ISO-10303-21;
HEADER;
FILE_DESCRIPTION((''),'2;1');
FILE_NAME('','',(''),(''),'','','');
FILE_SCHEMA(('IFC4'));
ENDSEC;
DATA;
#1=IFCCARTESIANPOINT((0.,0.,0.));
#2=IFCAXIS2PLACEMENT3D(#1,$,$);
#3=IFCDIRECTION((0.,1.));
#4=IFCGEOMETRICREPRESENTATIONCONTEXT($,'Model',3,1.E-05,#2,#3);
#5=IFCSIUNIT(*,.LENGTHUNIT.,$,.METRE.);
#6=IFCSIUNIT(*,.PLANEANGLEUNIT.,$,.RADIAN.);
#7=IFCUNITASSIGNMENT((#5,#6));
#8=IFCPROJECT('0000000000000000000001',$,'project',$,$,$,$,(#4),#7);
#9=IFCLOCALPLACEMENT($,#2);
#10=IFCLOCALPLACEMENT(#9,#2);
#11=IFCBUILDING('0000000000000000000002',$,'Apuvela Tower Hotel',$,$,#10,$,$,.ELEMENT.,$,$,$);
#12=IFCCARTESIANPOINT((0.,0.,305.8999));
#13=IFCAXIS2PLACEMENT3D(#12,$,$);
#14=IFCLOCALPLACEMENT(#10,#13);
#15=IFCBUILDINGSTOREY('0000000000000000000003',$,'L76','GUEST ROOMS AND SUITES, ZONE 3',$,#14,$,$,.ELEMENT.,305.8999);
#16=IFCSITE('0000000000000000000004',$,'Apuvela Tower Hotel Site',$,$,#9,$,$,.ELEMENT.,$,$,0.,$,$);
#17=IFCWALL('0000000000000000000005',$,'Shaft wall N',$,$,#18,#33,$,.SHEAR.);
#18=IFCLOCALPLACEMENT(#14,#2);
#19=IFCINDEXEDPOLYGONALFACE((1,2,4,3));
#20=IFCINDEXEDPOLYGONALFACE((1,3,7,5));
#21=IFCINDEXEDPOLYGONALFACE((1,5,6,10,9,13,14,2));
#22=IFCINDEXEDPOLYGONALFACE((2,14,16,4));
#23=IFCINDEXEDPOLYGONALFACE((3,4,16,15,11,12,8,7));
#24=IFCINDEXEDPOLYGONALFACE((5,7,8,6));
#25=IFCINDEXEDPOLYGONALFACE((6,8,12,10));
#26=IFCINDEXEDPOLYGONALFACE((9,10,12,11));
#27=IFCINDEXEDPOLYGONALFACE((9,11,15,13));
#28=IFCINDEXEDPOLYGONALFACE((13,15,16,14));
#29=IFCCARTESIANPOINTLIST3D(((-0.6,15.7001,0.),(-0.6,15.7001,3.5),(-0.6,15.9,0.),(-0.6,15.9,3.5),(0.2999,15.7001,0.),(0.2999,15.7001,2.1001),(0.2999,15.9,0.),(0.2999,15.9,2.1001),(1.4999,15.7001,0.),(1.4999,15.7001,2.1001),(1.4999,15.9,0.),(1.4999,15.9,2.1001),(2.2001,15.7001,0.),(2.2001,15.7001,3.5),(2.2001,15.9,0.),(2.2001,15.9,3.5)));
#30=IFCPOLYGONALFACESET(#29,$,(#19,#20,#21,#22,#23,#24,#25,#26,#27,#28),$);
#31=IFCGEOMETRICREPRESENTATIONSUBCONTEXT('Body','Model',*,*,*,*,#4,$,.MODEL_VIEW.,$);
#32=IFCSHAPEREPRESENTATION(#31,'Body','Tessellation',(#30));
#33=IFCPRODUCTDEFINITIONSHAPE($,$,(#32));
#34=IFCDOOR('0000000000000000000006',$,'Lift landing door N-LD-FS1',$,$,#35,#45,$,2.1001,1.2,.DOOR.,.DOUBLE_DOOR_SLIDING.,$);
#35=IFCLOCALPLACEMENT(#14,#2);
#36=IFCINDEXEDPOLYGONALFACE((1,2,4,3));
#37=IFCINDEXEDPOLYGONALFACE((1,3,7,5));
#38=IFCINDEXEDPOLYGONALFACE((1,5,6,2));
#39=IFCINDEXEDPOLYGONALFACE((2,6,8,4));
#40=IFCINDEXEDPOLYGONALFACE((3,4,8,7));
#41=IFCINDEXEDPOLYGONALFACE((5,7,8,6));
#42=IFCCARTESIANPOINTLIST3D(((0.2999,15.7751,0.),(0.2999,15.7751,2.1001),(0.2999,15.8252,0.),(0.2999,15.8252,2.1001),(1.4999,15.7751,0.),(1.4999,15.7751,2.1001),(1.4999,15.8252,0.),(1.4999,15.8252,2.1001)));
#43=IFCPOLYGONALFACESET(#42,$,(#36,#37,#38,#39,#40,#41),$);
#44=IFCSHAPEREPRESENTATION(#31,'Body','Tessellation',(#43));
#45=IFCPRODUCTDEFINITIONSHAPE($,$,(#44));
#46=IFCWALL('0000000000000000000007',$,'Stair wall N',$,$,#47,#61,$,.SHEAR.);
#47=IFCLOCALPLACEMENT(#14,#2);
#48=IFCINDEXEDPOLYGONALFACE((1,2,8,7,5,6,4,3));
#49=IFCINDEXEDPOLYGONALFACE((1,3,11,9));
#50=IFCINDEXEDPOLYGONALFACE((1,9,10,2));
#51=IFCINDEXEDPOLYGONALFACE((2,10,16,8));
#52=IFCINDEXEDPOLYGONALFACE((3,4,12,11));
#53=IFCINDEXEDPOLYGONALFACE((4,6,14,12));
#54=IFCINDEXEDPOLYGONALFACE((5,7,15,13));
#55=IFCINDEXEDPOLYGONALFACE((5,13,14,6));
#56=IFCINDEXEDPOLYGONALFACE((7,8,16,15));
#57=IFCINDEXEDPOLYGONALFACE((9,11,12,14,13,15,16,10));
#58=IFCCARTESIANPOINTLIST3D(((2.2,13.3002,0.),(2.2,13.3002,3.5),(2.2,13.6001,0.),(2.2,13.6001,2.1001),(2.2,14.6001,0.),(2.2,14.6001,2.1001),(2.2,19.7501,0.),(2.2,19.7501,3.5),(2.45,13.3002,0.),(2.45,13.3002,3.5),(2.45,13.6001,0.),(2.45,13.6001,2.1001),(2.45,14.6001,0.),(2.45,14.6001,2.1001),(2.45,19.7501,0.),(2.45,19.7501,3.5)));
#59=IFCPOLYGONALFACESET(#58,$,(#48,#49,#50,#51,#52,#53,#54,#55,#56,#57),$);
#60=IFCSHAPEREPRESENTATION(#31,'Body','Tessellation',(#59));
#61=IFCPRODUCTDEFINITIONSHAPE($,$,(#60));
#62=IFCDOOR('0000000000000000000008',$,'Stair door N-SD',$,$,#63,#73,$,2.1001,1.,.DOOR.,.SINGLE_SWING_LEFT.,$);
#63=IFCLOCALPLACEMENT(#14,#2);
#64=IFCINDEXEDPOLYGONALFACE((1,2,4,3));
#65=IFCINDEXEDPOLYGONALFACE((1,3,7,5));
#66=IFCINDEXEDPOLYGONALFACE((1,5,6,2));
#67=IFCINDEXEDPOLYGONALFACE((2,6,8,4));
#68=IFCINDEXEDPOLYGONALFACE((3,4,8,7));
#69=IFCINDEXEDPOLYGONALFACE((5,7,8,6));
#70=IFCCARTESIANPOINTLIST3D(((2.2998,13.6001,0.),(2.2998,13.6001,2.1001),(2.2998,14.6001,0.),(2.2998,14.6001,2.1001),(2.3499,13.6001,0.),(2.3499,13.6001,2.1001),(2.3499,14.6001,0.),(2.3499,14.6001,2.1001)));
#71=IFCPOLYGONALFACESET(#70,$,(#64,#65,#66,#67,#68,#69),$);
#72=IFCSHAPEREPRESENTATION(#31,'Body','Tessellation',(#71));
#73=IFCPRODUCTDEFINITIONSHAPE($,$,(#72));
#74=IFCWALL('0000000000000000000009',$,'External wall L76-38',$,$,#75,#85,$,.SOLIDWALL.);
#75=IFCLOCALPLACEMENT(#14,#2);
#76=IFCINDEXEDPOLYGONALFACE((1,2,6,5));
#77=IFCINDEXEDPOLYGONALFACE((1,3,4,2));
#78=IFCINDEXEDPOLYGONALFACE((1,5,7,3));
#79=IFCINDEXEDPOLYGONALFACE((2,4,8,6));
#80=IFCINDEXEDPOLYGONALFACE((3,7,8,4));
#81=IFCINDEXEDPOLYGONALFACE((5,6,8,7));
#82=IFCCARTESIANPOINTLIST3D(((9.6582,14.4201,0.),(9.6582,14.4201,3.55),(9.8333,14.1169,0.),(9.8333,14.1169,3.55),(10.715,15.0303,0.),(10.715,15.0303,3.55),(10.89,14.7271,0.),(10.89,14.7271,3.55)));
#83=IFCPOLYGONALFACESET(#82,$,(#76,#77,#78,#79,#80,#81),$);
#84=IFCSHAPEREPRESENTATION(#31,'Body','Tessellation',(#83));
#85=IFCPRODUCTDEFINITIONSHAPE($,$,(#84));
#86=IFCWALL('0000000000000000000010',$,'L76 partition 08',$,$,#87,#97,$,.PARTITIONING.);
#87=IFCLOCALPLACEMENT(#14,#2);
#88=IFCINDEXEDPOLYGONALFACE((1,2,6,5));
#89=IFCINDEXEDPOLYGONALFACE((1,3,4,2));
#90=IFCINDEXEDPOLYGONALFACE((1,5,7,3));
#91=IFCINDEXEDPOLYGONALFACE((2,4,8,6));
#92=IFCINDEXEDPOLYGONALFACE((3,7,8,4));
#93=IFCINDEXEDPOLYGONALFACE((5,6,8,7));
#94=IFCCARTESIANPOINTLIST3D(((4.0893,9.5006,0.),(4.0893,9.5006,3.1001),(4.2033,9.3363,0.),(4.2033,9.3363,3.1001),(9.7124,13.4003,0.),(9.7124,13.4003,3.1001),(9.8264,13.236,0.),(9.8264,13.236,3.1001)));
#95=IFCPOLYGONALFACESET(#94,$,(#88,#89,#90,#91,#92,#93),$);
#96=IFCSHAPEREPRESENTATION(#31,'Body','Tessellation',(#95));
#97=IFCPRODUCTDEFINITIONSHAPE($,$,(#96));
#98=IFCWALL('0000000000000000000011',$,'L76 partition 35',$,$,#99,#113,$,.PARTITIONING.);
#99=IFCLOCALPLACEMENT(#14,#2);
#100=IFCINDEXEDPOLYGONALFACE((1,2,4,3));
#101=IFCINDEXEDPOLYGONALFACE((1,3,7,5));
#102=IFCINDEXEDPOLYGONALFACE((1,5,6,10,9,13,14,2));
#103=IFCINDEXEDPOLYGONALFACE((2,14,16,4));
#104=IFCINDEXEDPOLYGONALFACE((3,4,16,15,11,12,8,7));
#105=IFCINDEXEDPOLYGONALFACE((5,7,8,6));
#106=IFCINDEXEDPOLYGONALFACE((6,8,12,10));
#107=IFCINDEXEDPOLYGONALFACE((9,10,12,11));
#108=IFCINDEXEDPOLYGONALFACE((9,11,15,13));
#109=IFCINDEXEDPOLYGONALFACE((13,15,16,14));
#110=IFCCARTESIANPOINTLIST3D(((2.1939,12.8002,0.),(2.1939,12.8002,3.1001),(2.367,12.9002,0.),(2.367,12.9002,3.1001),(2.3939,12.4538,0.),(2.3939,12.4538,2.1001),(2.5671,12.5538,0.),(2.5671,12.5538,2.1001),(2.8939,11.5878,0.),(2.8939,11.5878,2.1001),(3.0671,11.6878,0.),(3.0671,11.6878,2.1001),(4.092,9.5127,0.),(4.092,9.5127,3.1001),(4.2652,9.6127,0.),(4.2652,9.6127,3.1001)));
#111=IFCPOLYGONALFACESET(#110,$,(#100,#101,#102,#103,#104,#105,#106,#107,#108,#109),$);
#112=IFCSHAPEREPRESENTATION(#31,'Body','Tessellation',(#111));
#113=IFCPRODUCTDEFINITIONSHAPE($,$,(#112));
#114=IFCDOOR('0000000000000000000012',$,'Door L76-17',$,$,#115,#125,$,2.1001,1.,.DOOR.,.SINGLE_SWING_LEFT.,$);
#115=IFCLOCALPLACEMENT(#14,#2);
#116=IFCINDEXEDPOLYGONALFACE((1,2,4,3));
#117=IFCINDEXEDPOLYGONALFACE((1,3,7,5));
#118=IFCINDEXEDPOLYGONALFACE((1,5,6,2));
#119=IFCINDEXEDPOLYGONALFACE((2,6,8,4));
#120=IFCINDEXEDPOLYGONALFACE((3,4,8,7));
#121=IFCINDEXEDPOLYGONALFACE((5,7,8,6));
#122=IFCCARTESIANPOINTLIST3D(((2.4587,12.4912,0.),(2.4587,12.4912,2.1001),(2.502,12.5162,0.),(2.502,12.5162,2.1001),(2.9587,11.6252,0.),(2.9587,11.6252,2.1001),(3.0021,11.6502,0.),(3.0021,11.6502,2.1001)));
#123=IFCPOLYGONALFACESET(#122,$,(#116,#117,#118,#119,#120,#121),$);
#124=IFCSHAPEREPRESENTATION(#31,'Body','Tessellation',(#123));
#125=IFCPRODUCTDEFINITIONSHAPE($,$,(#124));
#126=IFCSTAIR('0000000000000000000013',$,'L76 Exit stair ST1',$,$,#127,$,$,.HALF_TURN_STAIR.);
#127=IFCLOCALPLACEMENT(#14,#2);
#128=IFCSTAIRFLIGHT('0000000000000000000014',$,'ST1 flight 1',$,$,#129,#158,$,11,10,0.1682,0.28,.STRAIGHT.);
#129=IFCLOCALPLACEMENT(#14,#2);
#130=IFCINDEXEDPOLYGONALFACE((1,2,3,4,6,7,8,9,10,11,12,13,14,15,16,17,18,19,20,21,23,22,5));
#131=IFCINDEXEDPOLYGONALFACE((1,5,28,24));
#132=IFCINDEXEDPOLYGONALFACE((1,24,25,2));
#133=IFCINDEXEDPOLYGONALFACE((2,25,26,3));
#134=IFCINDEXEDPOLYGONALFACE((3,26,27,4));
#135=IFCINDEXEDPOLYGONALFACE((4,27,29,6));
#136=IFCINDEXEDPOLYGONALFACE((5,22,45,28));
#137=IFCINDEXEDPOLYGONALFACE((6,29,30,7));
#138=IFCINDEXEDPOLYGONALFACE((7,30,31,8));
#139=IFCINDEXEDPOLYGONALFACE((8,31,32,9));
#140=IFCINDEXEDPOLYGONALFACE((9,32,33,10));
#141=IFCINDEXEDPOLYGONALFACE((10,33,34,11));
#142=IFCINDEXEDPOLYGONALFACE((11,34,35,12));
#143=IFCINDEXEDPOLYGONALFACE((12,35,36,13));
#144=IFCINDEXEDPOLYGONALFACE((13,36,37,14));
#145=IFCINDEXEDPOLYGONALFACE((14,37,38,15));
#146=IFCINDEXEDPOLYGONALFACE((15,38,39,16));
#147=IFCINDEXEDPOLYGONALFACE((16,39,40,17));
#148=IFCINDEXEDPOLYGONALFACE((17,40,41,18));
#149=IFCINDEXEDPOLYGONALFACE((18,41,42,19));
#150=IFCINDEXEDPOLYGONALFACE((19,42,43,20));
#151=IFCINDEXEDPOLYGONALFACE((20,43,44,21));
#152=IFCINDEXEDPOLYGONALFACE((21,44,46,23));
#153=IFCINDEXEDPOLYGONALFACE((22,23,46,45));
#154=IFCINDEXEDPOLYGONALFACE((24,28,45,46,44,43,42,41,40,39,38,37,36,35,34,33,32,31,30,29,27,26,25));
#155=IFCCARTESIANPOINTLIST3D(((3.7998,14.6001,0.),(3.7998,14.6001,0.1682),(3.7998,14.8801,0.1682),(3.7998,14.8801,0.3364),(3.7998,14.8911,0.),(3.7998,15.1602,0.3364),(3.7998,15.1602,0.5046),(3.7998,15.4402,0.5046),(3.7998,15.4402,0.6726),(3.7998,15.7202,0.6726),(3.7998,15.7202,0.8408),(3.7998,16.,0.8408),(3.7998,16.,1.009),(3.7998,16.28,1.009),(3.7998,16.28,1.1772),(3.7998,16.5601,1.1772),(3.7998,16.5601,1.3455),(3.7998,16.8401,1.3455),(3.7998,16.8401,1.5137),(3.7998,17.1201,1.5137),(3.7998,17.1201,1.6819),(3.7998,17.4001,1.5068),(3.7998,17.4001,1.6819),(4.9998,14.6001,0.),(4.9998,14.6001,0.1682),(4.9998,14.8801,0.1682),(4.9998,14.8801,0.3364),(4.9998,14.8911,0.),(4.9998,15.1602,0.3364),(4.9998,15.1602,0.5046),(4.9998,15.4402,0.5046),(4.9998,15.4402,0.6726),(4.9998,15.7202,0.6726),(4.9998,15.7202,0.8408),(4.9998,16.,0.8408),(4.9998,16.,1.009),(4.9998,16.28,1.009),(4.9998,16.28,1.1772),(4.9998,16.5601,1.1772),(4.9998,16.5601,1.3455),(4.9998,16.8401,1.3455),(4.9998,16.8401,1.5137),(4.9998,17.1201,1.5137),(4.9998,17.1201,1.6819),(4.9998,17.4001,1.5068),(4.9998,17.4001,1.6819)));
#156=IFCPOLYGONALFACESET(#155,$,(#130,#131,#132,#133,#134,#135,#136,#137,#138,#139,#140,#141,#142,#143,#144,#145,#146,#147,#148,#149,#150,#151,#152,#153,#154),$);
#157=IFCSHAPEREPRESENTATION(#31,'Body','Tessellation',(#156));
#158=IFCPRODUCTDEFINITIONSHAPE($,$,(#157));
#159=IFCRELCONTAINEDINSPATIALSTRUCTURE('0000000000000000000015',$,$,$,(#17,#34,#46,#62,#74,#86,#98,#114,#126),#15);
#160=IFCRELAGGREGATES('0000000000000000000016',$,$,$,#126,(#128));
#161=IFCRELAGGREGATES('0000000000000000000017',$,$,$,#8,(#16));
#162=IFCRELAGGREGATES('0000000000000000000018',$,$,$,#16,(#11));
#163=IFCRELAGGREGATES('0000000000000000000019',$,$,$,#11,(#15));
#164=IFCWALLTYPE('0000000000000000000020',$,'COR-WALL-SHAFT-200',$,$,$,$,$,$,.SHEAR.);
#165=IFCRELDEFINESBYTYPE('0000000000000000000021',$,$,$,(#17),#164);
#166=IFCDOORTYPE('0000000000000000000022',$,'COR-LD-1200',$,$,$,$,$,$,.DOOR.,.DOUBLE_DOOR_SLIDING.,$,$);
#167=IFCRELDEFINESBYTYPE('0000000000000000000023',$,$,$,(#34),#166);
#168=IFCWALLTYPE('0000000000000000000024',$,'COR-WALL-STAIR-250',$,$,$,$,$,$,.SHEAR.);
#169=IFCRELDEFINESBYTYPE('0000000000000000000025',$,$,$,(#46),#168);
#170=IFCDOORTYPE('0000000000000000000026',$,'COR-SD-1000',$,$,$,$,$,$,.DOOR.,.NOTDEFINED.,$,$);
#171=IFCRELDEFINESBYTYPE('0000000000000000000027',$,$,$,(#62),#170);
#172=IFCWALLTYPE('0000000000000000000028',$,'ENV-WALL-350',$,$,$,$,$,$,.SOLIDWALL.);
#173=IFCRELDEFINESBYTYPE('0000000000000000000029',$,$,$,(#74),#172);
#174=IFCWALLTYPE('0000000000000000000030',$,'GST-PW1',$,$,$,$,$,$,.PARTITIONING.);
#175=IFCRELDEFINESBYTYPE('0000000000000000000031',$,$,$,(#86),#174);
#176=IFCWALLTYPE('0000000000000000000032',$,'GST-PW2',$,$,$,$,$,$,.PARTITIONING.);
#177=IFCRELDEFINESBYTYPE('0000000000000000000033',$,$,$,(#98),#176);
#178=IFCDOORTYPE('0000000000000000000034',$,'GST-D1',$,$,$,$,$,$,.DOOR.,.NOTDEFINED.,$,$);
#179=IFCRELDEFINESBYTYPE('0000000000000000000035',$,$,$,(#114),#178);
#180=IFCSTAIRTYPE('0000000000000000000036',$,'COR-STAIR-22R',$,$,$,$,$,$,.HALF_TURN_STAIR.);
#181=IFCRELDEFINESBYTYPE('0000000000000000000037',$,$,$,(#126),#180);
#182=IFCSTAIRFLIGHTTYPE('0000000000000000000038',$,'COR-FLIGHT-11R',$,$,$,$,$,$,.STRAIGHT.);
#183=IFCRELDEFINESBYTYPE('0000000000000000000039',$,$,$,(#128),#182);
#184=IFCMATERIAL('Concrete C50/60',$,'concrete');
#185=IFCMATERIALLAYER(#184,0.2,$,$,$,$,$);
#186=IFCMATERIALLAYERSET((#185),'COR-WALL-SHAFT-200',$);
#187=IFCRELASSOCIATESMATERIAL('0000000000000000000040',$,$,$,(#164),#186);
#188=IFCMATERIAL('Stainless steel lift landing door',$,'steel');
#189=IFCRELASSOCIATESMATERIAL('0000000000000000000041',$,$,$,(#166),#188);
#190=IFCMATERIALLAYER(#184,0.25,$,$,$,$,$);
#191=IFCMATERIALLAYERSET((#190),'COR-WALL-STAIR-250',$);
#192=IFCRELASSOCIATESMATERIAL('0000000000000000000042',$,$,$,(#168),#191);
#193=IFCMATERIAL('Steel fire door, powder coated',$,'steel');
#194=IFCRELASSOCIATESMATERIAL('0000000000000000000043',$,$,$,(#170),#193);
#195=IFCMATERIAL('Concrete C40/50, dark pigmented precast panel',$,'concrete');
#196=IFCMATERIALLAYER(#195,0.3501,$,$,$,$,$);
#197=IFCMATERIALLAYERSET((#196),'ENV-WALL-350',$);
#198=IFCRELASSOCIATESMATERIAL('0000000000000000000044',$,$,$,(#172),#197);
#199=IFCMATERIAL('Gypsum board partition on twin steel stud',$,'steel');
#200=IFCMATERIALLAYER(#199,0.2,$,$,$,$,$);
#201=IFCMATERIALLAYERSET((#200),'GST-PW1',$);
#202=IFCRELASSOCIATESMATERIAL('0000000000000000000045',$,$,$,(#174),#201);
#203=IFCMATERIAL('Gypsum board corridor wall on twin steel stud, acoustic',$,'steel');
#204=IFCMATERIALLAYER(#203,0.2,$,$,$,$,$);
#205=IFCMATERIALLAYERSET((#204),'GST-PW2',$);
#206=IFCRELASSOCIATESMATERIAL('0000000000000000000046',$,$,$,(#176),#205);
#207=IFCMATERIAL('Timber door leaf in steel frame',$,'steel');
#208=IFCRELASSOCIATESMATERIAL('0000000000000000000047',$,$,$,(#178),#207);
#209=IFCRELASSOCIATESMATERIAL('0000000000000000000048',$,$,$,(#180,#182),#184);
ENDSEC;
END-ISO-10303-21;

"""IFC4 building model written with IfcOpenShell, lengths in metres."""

from ifc_helpers import new_model, si_unit, direction, frame, frame_2d, origin, place, context, subcontext, project, spatial, polyline, rectangle, outline, extrude, material, layer, layer_set, type_object, element, fill, aggregate, save


model = new_model("IFC4")

# Units and contexts
model_context = context("Model", 3, precision=1e-05, world=origin(), true_north=direction((0.0, 1.0)))
body_context = subcontext(model_context, "Body", "Model", "MODEL_VIEW")
ifc_project = project(units=[si_unit("LENGTHUNIT", "METRE"), si_unit("PLANEANGLEUNIT", "RADIAN")], contexts=[model_context])

# Site, building, storey
site_placement = place(None, origin())
site = spatial("IfcSite", under=ifc_project, at=site_placement, Name="Apuvela Tower Hotel Site", CompositionType="ELEMENT", RefElevation=0.0)
building_placement = place(site_placement, origin())
building = spatial("IfcBuilding", under=site, at=building_placement, Name="Apuvela Tower Hotel", CompositionType="ELEMENT")
storey_placement = place(building_placement, frame((0.0, 0.0, 305.8999)))
storey = spatial("IfcBuildingStorey", under=building, at=storey_placement, Name="L76", Description="GUEST ROOMS AND SUITES, ZONE 3", CompositionType="ELEMENT", Elevation=305.8999)

# Shared definitions
ifc_material_1 = material(Name="Concrete C50/60", Category="concrete")
ifc_material_2 = material(Name="Steel fire door, powder coated", Category="steel")

# Walls, openings, doors
ifc_layer_1 = layer(ifc_material_1, 0.2)
ifc_layer_set_1 = layer_set([ifc_layer_1], Name="COR-WALL-SHAFT-200")
wall_type_1 = type_object("IfcWallType", Name="COR-WALL-SHAFT-200", PredefinedType="SHEAR", material=ifc_layer_set_1)
wall_1_placement = place(storey_placement, frame((2.2, 15.8, 0.0), z_axis=(0.0, 0.0, 1.0), x_axis=(-1.0, 0.0, 0.0)))
wall_1 = element("IfcWall", 1, at=wall_1_placement, inside=storey, type_object=wall_type_1, Name="Shaft wall N", PredefinedType="SHEAR", context=body_context, shape_type="SweptSolid", body=[
    extrude(rectangle(XDim=2.8, YDim=0.2, at=frame_2d((1.3999, 0.0))), origin(), (0.0, 0.0, 1.0), 3.5),
])
opening_1_placement = place(wall_1_placement, frame((0.7, 0.0, 0.0)))
opening_1 = element("IfcOpeningElement", 2, at=opening_1_placement, cuts=wall_1, PredefinedType="OPENING", context=body_context, shape_type="SweptSolid", body=[
    extrude(rectangle(XDim=1.2, YDim=2.1001, at=frame_2d((0.6001, 1.05))), frame((0.0, 0.1099, 0.0), z_axis=(0.0, -1.0, 0.0), x_axis=(1.0, 0.0, 0.0)), (0.0, 0.0, 1.0), 0.22),
])
ifc_material_3 = material(Name="Stainless steel lift landing door", Category="steel")
door_type_1 = type_object("IfcDoorType", Name="COR-LD-1200", OperationType="DOUBLE_DOOR_SLIDING", PredefinedType="DOOR", material=ifc_material_3)
door_1_placement = place(opening_1_placement, origin())
door_1 = element("IfcDoor", 3, at=door_1_placement, inside=storey, type_object=door_type_1, Name="Lift landing door N-LD-FS1", OperationType="DOUBLE_DOOR_SLIDING", OverallHeight=2.1001, OverallWidth=1.2, PredefinedType="DOOR", context=body_context, shape_type="SweptSolid", body=[
    extrude(rectangle(XDim=1.2, YDim=2.1001, at=frame_2d((0.6001, 1.05))), frame((0.0, 0.0249, 0.0), z_axis=(0.0, -1.0, 0.0), x_axis=(1.0, 0.0, 0.0)), (0.0, 0.0, 1.0), 0.05),
])
fill(opening_1, door_1)
ifc_layer_2 = layer(ifc_material_1, 0.25)
ifc_layer_set_2 = layer_set([ifc_layer_2], Name="COR-WALL-STAIR-250")
wall_type_2 = type_object("IfcWallType", Name="COR-WALL-STAIR-250", PredefinedType="SHEAR", material=ifc_layer_set_2)
wall_2_placement = place(storey_placement, frame((2.325, 13.3, 0.0), z_axis=(0.0, 0.0, 1.0), x_axis=(0.0, 1.0, 0.0)))
wall_2 = element("IfcWall", 4, at=wall_2_placement, inside=storey, type_object=wall_type_2, Name="Stair wall N", PredefinedType="SHEAR", context=body_context, shape_type="SweptSolid", body=[
    extrude(rectangle(XDim=6.45, YDim=0.25, at=frame_2d((3.2251, 0.0))), origin(), (0.0, 0.0, 1.0), 3.5),
])
opening_2_placement = place(wall_2_placement, frame((0.3, 0.0, 0.0)))
opening_2 = element("IfcOpeningElement", 5, at=opening_2_placement, cuts=wall_2, PredefinedType="OPENING", context=body_context, shape_type="SweptSolid", body=[
    extrude(rectangle(XDim=1.0, YDim=2.1001, at=frame_2d((0.5, 1.05))), frame((0.0, 0.135, 0.0), z_axis=(0.0, -1.0, 0.0), x_axis=(1.0, 0.0, 0.0)), (0.0, 0.0, 1.0), 0.27),
])
door_type_2 = type_object("IfcDoorType", Name="COR-SD-1000", OperationType="NOTDEFINED", PredefinedType="DOOR", material=ifc_material_2)
door_2_placement = place(opening_2_placement, frame((1.0, 0.0, 0.0), z_axis=(0.0, 0.0, 1.0), x_axis=(-1.0, 0.0, 0.0)))
door_2 = element("IfcDoor", 6, at=door_2_placement, inside=storey, type_object=door_type_2, Name="Stair door N-SD", OperationType="SINGLE_SWING_LEFT", OverallHeight=2.1001, OverallWidth=1.0, PredefinedType="DOOR", context=body_context, shape_type="SweptSolid", body=[
    extrude(rectangle(XDim=1.0, YDim=2.1001, at=frame_2d((0.5, 1.05))), frame((0.0, 0.0249, 0.0), z_axis=(0.0, -1.0, 0.0), x_axis=(1.0, 0.0, 0.0)), (0.0, 0.0, 1.0), 0.05),
])
fill(opening_2, door_2)

# Wall
ifc_material_4 = material(Name="Concrete C40/50, dark pigmented precast panel", Category="concrete")
ifc_layer_3 = layer(ifc_material_4, 0.3501)
ifc_layer_set_3 = layer_set([ifc_layer_3], Name="ENV-WALL-350")
wall_type_3 = type_object("IfcWallType", Name="ENV-WALL-350", PredefinedType="SOLIDWALL", material=ifc_layer_set_3)
wall_3_placement = place(storey_placement, frame((10.8025, 14.8787, 0.0), z_axis=(0.0, 0.0, 1.0), x_axis=(-0.866006, -0.500034, 0.0)))
element("IfcWall", 7, at=wall_3_placement, inside=storey, type_object=wall_type_3, Name="External wall L76-38", PredefinedType="SOLIDWALL", context=body_context, shape_type="SweptSolid", body=[
    extrude(rectangle(XDim=1.2202, YDim=0.3501, at=frame_2d((0.6101, 0.0))), origin(), (0.0, 0.0, 1.0), 3.55),
])

# Wall
ifc_material_5 = material(Name="Gypsum board partition on twin steel stud", Category="steel")
ifc_layer_4 = layer(ifc_material_5, 0.2)
ifc_layer_set_4 = layer_set([ifc_layer_4], Name="GST-PW1")
wall_type_4 = type_object("IfcWallType", Name="GST-PW1", PredefinedType="PARTITIONING", material=ifc_layer_set_4)
wall_4_placement = place(storey_placement, frame((9.7693, 13.3181, 0.0), z_axis=(0.0, 0.0, 1.0), x_axis=(-0.821728, -0.56988, 0.0)))
element("IfcWall", 8, at=wall_4_placement, inside=storey, type_object=wall_type_4, Name="L76 partition 08", PredefinedType="PARTITIONING", context=body_context, shape_type="SweptSolid", body=[
    extrude(rectangle(XDim=6.843, YDim=0.2, at=frame_2d((3.4214, 0.0))), origin(), (0.0, 0.0, 1.0), 3.1001),
])

# Wall, opening, door
ifc_material_6 = material(Name="Gypsum board corridor wall on twin steel stud, acoustic", Category="steel")
ifc_layer_5 = layer(ifc_material_6, 0.2)
ifc_layer_set_5 = layer_set([ifc_layer_5], Name="GST-PW2")
wall_type_5 = type_object("IfcWallType", Name="GST-PW2", PredefinedType="PARTITIONING", material=ifc_layer_set_5)
wall_5_placement = place(storey_placement, frame((2.2805, 12.8501, 0.0), z_axis=(0.0, 0.0, 1.0), x_axis=(0.500019, -0.866014, 0.0)))
wall_5 = element("IfcWall", 9, at=wall_5_placement, inside=storey, type_object=wall_type_5, Name="L76 partition 35", PredefinedType="PARTITIONING", context=body_context, shape_type="SweptSolid", body=[
    extrude(rectangle(XDim=3.7961, YDim=0.2, at=frame_2d((1.8979, 0.0))), origin(), (0.0, 0.0, 1.0), 3.1001),
])
opening_3_placement = place(wall_5_placement, frame((0.3999, 0.0, 0.0)))
opening_3 = element("IfcOpeningElement", 10, at=opening_3_placement, cuts=wall_5, PredefinedType="OPENING", context=body_context, shape_type="SweptSolid", body=[
    extrude(rectangle(XDim=1.0, YDim=2.1001, at=frame_2d((0.5, 1.05))), frame((0.0, 0.1099, 0.0), z_axis=(0.0, -1.0, 0.0), x_axis=(1.0, 0.0, 0.0)), (0.0, 0.0, 1.0), 0.22),
])
ifc_material_7 = material(Name="Timber door leaf in steel frame", Category="steel")
door_type_3 = type_object("IfcDoorType", Name="GST-D1", OperationType="NOTDEFINED", PredefinedType="DOOR", material=ifc_material_7)
door_3_placement = place(opening_3_placement, origin())
door_3 = element("IfcDoor", 11, at=door_3_placement, inside=storey, type_object=door_type_3, Name="Door L76-17", OperationType="SINGLE_SWING_LEFT", OverallHeight=2.1001, OverallWidth=1.0, PredefinedType="DOOR", context=body_context, shape_type="SweptSolid", body=[
    extrude(rectangle(XDim=1.0, YDim=2.1001, at=frame_2d((0.5, 1.05))), frame((0.0, 0.0249, 0.0), z_axis=(0.0, -1.0, 0.0), x_axis=(1.0, 0.0, 0.0)), (0.0, 0.0, 1.0), 0.05),
])
fill(opening_3, door_3)

# Stair, stair flight
stair_type = type_object("IfcStairType", Name="COR-STAIR-22R", PredefinedType="HALF_TURN_STAIR", material=ifc_material_1)
stair_placement = place(storey_placement, origin())
stair = element("IfcStair", 12, at=stair_placement, inside=storey, type_object=stair_type, Name="L76 Exit stair ST1", PredefinedType="HALF_TURN_STAIR")
stair_flight_type = type_object("IfcStairFlightType", Name="COR-FLIGHT-11R", PredefinedType="STRAIGHT", material=ifc_material_1)
stair_flight_placement = place(storey_placement, frame((4.3999, 14.6001, 0.0), z_axis=(0.0, 0.0, 1.0), x_axis=(0.0, 1.0, 0.0)))
stair_flight = element("IfcStairFlight", 13, at=stair_flight_placement, type_object=stair_flight_type, Name="ST1 flight 1", NumberOfRisers=11, NumberOfTreads=10, PredefinedType="STRAIGHT", RiserHeight=0.1682, TreadLength=0.28, context=body_context, shape_type="SweptSolid", body=[
    extrude(outline(polyline([(0.0, 0.0), (0.0, 0.1682), (0.28, 0.1682), (0.28, 0.3364), (0.5601, 0.3364), (0.5601, 0.5046), (0.8401, 0.5046), (0.8401, 0.6726), (1.1201, 0.6726), (1.1201, 0.8408), (1.3999, 0.8408), (1.3999, 1.009), (1.6799, 1.009), (1.6799, 1.1772), (1.96, 1.1772), (1.96, 1.3455), (2.24, 1.3455), (2.24, 1.5137), (2.52, 1.5137), (2.52, 1.6819), (2.8, 1.6819), (2.8, 1.8501), (2.8, 1.5068), (0.291, 0.0), (0.0, 0.0)])), frame((0.0, 0.6001, 0.0), z_axis=(0.0, -1.0, 0.0), x_axis=(1.0, 0.0, 0.0)), (0.0, 0.0, 1.0), 1.2),
])
aggregate(stair, [stair_flight])

save(model, "model.ifc")
